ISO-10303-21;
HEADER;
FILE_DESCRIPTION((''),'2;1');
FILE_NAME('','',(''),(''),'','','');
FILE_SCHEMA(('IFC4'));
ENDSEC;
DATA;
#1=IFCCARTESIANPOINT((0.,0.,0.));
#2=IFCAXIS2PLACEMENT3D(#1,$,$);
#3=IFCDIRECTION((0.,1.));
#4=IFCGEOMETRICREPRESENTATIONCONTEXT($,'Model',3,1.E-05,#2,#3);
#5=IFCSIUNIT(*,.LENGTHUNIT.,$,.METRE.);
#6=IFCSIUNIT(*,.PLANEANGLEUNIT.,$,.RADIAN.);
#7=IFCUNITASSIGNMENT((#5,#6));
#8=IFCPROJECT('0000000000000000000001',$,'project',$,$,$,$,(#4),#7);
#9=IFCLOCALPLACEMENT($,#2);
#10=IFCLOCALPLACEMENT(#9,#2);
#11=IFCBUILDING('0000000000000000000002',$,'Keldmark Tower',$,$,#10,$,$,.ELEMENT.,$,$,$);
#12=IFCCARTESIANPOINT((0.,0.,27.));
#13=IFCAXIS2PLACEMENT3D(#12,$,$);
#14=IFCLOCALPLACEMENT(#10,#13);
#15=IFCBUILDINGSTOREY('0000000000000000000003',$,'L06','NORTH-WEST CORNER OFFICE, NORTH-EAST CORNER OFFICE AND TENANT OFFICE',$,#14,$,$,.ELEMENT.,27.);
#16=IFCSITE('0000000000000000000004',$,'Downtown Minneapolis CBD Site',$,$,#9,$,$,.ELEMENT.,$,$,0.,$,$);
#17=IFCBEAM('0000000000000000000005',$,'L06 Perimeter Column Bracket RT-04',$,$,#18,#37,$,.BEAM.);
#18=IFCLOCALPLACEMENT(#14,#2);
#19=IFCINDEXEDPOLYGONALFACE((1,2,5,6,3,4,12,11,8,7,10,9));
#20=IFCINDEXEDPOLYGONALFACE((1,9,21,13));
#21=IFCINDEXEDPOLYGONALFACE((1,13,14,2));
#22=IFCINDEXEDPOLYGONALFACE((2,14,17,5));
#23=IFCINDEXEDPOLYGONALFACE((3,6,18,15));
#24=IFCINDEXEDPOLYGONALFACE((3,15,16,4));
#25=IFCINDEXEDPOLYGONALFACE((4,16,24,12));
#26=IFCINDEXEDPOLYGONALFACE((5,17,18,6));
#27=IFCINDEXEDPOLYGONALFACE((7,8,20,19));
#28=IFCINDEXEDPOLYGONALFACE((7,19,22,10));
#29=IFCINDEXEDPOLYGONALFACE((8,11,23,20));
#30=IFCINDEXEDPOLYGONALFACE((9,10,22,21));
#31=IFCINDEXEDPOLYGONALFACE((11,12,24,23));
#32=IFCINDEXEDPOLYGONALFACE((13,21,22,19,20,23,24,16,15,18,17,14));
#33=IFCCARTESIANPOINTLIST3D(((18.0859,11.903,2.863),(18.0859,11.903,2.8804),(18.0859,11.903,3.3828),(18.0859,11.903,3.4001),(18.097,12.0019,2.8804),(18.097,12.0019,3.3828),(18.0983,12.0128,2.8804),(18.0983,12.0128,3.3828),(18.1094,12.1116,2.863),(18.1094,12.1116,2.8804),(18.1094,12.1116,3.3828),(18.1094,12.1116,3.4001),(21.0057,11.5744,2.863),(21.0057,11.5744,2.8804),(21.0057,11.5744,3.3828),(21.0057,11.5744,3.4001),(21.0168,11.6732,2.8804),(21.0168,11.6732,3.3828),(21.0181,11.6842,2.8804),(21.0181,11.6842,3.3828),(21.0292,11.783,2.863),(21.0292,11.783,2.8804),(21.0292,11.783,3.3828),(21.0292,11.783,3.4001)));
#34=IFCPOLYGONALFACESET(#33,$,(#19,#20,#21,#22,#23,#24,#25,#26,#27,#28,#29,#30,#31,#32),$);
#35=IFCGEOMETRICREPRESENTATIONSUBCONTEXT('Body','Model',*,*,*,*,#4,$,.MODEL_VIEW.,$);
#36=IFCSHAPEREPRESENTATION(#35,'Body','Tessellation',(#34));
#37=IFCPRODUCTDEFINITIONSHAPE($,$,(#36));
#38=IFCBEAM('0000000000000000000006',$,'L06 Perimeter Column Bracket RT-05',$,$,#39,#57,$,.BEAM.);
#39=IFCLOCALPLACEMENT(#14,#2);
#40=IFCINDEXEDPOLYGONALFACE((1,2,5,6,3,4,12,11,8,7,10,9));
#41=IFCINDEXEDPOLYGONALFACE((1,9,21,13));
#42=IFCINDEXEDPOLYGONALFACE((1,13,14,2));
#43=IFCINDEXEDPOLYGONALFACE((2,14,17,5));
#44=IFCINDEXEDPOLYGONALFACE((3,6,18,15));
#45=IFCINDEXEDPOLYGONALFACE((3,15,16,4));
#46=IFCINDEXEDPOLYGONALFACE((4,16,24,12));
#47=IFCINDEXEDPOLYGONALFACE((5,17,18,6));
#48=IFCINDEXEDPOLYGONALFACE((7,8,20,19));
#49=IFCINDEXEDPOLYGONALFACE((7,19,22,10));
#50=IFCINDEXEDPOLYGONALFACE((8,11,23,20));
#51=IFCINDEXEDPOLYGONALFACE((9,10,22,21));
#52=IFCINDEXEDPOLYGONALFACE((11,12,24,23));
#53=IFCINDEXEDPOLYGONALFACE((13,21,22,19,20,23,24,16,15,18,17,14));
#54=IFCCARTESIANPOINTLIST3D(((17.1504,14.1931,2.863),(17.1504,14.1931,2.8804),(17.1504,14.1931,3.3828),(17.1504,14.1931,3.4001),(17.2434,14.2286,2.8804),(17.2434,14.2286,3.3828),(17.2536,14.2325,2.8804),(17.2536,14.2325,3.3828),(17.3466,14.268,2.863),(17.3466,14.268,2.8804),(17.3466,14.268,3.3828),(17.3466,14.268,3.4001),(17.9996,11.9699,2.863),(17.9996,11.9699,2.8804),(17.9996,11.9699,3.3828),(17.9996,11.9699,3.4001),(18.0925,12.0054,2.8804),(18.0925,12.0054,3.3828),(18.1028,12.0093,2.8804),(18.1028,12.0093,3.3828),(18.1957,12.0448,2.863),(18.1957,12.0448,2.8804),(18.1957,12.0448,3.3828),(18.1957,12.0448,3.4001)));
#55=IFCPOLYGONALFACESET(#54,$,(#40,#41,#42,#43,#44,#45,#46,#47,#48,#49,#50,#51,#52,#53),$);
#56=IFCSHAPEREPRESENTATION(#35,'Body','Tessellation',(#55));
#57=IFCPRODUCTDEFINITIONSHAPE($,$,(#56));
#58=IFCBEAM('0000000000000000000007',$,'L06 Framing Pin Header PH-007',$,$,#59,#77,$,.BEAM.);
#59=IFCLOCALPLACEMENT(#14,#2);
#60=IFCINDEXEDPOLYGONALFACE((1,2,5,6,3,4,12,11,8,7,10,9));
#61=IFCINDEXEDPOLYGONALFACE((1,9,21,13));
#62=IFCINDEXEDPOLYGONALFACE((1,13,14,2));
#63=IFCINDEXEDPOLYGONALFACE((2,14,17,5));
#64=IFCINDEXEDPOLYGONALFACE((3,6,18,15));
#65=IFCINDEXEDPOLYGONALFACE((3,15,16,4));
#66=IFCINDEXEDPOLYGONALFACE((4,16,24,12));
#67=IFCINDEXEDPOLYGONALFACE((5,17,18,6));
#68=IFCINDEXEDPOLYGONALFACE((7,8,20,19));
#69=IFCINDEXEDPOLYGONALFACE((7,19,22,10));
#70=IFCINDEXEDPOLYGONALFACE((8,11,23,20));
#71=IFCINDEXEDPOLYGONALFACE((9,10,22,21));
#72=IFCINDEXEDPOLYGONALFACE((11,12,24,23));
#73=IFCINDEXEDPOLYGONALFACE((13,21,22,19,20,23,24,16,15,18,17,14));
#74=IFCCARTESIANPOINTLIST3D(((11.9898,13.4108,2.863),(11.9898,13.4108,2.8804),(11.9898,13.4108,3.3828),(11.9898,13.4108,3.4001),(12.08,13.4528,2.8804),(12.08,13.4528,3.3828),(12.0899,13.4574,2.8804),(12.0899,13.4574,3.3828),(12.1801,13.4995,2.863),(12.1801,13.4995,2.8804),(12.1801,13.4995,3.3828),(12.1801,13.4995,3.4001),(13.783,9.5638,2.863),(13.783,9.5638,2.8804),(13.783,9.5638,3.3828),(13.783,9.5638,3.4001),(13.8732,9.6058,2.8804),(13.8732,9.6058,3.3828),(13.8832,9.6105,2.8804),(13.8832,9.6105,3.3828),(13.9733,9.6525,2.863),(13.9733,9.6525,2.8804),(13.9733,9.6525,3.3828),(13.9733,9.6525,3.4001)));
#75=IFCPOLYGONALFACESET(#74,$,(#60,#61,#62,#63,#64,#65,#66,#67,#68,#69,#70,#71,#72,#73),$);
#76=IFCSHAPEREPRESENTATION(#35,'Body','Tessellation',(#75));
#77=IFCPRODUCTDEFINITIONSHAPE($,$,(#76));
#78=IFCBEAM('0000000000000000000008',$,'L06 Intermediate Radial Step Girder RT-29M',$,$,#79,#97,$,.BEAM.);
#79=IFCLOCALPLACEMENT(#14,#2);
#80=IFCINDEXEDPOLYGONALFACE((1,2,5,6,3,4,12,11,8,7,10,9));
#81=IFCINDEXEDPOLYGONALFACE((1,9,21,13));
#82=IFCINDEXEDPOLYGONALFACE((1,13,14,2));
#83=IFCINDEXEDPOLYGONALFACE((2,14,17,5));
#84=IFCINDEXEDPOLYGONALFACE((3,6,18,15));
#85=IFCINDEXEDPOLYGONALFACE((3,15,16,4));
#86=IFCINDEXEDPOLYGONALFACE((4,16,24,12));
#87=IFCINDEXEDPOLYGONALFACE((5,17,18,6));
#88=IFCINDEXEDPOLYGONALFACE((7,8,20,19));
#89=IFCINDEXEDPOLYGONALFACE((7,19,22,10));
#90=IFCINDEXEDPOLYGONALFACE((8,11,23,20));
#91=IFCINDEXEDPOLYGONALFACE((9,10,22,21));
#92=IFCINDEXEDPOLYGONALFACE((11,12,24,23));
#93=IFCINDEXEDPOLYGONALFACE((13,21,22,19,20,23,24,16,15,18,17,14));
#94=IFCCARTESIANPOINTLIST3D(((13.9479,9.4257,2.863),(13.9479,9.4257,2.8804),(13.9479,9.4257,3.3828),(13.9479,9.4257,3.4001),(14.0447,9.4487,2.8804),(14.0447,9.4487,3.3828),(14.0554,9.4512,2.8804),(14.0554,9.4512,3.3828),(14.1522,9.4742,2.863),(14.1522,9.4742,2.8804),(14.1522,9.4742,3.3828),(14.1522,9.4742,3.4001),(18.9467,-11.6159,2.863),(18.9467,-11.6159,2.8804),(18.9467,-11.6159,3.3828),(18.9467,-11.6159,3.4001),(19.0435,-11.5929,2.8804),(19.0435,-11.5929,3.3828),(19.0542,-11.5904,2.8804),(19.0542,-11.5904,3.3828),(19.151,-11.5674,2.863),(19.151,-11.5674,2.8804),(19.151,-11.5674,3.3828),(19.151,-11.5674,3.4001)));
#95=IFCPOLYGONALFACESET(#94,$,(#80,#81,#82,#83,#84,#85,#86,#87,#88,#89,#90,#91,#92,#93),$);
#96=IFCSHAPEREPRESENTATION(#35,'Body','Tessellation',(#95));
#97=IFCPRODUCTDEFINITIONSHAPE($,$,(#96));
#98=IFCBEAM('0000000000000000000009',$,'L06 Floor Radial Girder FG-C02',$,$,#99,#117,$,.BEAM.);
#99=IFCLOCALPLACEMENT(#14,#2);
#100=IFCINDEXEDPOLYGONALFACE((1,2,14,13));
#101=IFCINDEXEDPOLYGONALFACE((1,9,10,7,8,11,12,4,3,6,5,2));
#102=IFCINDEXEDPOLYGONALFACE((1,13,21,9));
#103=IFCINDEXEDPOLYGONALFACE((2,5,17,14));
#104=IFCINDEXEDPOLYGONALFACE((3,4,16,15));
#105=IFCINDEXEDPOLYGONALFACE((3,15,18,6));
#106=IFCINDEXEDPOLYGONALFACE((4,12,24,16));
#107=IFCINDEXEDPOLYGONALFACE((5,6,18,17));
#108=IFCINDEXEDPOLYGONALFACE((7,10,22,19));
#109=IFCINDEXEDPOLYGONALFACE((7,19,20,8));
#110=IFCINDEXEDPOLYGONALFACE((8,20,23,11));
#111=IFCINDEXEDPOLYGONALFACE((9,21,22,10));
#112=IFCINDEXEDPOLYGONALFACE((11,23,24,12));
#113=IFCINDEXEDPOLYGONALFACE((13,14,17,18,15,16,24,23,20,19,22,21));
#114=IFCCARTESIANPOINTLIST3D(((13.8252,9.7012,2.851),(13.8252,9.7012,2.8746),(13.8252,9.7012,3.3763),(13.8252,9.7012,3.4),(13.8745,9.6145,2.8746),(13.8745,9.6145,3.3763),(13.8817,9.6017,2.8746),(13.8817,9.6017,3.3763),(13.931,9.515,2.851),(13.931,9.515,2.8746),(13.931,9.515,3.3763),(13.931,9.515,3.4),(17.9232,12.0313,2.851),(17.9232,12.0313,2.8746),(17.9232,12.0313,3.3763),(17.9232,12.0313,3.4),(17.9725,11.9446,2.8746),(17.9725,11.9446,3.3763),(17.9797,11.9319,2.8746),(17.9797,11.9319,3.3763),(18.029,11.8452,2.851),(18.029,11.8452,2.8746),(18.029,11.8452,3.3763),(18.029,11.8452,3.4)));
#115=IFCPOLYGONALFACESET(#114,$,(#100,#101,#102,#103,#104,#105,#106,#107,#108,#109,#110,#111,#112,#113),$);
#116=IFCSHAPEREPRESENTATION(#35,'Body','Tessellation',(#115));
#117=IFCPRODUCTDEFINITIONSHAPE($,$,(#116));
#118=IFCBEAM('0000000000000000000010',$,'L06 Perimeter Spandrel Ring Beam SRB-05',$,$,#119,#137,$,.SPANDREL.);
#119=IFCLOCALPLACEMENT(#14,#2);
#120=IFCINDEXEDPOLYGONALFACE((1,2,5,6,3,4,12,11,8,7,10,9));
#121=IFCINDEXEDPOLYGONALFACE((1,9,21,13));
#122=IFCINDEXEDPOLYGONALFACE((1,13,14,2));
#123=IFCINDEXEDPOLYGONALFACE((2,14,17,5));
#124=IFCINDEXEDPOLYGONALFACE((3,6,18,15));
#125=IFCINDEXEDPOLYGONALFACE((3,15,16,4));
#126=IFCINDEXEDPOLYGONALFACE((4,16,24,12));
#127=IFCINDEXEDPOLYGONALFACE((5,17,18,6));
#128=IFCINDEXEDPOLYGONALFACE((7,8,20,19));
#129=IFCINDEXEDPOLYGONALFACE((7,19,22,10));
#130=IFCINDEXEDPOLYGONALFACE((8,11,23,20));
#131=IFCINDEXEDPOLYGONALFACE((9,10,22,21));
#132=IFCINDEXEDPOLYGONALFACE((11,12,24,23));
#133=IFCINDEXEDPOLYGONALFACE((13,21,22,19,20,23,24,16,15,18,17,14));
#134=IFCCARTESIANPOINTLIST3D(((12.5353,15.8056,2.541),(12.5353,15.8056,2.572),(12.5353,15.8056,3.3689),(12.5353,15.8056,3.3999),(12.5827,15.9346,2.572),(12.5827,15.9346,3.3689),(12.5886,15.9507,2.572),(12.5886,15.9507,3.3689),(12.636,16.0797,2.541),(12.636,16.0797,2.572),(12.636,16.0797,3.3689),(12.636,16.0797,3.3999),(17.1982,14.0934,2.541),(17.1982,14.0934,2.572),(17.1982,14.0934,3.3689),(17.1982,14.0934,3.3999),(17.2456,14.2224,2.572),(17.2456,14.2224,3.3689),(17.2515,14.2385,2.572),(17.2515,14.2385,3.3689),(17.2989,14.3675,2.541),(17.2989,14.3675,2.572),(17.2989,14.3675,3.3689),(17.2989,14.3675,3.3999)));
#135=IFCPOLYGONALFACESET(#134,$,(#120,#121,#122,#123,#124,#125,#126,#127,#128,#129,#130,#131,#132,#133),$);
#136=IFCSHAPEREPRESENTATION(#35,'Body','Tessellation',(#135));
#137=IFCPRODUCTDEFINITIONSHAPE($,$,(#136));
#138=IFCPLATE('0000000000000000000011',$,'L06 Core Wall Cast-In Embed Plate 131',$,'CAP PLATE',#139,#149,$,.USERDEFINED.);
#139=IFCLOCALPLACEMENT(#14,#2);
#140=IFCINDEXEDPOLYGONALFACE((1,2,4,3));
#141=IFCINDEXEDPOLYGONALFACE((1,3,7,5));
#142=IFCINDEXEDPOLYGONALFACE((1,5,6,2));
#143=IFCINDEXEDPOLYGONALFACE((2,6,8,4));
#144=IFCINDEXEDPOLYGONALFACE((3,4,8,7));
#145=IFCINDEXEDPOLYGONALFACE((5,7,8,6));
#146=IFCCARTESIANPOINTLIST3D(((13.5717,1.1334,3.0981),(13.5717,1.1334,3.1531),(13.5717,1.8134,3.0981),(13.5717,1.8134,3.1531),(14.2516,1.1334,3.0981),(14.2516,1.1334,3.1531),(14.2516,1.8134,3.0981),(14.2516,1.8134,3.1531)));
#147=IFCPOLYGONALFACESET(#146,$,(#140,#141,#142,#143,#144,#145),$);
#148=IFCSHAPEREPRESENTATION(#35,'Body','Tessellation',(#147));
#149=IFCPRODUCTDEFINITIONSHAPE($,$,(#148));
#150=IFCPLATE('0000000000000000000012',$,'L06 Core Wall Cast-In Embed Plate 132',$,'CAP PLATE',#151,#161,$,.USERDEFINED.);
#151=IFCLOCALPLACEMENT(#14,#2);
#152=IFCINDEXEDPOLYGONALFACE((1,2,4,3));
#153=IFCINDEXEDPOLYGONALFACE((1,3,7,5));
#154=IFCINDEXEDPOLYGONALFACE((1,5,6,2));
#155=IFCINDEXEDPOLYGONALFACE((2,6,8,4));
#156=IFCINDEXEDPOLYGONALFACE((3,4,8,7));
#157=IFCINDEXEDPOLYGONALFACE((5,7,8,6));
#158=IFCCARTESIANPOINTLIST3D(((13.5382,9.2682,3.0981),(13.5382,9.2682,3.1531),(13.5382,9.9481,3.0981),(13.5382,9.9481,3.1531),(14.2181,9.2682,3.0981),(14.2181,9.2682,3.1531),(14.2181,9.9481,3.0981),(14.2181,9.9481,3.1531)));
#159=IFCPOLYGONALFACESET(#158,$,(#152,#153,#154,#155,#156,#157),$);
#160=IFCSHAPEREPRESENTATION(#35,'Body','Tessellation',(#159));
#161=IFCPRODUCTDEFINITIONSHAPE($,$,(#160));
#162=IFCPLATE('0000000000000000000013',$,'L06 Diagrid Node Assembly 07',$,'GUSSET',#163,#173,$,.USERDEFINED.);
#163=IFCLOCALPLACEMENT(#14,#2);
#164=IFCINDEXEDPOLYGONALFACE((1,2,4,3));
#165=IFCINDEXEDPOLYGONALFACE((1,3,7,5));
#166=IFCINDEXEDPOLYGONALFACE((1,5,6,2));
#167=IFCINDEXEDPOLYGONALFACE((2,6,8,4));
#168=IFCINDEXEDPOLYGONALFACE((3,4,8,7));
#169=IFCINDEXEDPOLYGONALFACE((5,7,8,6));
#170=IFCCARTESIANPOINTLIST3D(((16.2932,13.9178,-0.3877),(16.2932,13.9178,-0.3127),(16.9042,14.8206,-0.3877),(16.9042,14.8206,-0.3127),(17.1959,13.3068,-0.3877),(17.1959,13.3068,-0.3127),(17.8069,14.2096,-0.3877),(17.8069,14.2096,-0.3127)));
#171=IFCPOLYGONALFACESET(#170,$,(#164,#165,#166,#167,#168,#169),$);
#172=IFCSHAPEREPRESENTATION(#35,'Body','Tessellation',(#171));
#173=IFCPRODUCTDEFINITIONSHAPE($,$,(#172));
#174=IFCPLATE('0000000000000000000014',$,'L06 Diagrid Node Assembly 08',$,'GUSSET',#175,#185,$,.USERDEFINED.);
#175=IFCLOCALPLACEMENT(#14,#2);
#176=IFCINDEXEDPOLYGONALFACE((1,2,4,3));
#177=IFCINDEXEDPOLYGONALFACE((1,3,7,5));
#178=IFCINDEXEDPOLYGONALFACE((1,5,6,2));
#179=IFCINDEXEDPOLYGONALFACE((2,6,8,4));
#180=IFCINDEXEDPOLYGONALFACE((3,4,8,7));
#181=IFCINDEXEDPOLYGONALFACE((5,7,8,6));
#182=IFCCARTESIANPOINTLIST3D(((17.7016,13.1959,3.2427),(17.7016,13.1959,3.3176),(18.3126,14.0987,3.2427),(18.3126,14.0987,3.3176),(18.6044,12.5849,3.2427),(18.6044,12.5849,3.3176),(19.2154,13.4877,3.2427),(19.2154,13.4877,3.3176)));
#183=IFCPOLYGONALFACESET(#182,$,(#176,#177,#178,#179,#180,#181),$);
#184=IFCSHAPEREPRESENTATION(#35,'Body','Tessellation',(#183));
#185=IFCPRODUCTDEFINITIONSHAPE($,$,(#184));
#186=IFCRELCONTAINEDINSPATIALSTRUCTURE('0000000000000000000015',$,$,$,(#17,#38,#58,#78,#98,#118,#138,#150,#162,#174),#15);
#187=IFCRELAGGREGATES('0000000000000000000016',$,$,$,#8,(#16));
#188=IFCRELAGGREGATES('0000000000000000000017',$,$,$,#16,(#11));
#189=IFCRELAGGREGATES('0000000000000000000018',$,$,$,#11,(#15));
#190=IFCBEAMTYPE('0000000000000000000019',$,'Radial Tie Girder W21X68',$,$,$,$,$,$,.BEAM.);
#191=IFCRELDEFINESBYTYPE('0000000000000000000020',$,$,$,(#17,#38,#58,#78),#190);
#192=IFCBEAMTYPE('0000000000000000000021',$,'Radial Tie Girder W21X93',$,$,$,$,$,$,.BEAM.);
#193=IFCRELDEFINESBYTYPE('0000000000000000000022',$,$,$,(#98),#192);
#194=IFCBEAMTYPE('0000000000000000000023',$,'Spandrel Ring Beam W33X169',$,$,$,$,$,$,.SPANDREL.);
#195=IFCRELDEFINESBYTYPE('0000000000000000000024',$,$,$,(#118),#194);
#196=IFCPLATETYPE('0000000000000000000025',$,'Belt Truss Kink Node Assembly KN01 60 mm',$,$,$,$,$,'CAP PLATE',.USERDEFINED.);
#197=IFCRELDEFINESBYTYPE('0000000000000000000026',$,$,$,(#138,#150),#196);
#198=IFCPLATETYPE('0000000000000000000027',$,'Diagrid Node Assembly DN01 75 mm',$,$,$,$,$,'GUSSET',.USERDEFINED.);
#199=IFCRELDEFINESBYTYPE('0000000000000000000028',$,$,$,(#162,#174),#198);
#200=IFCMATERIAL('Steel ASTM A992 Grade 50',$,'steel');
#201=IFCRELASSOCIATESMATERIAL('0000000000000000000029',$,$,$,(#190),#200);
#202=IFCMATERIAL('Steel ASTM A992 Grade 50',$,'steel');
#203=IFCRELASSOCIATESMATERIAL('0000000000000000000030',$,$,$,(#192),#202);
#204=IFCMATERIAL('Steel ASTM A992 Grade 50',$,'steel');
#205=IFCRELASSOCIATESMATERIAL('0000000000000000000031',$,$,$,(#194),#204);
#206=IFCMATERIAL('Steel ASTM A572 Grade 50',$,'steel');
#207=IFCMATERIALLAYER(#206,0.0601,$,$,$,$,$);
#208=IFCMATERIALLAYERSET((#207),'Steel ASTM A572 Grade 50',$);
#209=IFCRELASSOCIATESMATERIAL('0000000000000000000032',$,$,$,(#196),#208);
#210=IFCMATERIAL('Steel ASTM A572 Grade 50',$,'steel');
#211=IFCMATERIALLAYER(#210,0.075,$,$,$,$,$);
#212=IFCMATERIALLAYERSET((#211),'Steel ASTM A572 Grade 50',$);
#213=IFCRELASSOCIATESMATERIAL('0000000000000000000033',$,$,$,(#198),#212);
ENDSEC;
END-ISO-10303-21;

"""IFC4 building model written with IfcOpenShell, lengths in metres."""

from ifc_helpers import new_model, si_unit, direction, frame, origin, origin_2d, place, context, subcontext, project, spatial, rectangle, i_section, extrude, material, layer, layer_set, material_profile, profile_set, type_object, element, save


model = new_model("IFC4")

# Units and contexts
model_context = context("Model", 3, precision=1e-05, world=origin(), true_north=direction((0.0, 1.0)))
body_context = subcontext(model_context, "Body", "Model", "MODEL_VIEW")
ifc_project = project(units=[si_unit("LENGTHUNIT", "METRE"), si_unit("PLANEANGLEUNIT", "RADIAN")], contexts=[model_context])

# Site, building, storey
site_placement = place(None, origin())
site = spatial("IfcSite", under=ifc_project, at=site_placement, Name="Downtown Minneapolis CBD Site", CompositionType="ELEMENT", RefElevation=0.0)
building_placement = place(site_placement, origin())
building = spatial("IfcBuilding", under=site, at=building_placement, Name="Keldmark Tower", CompositionType="ELEMENT")
storey_placement = place(building_placement, frame((0.0, 0.0, 27.0)))
storey = spatial("IfcBuildingStorey", under=building, at=storey_placement, Name="L06", Description="NORTH-WEST CORNER OFFICE, NORTH-EAST CORNER OFFICE AND TENANT OFFICE", CompositionType="ELEMENT", Elevation=27.0)

# Beams
ifc_material_1 = material(Name="Steel ASTM A992 Grade 50", Category="steel")
ifc_material_profile_1 = material_profile(ifc_material_1, i_section(OverallWidth=0.21, OverallDepth=0.5371, WebThickness=0.011, FlangeThickness=0.0173, at=origin_2d()), Name="W21X68")
ifc_profile_set_1 = profile_set([ifc_material_profile_1], Name="Steel ASTM A992 Grade 50")
beam_type_1 = type_object("IfcBeamType", Name="Radial Tie Girder W21X68", PredefinedType="BEAM", material=ifc_profile_set_1)
beam_1_placement = place(storey_placement, frame((18.0977, 12.0073, 3.1316), z_axis=(0.993726, -0.111845, 0.0), x_axis=(0.111845, 0.993726, 0.0)))
element("IfcBeam", 1, at=beam_1_placement, inside=storey, type_object=beam_type_1, Name="L06 Perimeter Column Bracket RT-04", PredefinedType="BEAM", context=body_context, shape_type="SweptSolid", body=[
    extrude(i_section(OverallWidth=0.21, OverallDepth=0.5371, WebThickness=0.011, FlangeThickness=0.0173, at=origin_2d()), origin(), (0.0, 0.0, 1.0), 2.9382),
])
beam_2_placement = place(storey_placement, frame((18.0977, 12.0073, 3.1316), z_axis=(-0.356806, 0.934179, 0.0), x_axis=(-0.934179, -0.356806, 0.0)))
element("IfcBeam", 2, at=beam_2_placement, inside=storey, type_object=beam_type_1, Name="L06 Perimeter Column Bracket RT-05", PredefinedType="BEAM", context=body_context, shape_type="SweptSolid", body=[
    extrude(i_section(OverallWidth=0.21, OverallDepth=0.5371, WebThickness=0.011, FlangeThickness=0.0173, at=origin_2d()), origin(), (0.0, 0.0, 1.0), 2.3799),
])
beam_3_placement = place(storey_placement, frame((13.8782, 9.6082, 3.1316), z_axis=(-0.422495, 0.906365, 0.0), x_axis=(-0.906365, -0.422495, 0.0)))
element("IfcBeam", 3, at=beam_3_placement, inside=storey, type_object=beam_type_1, Name="L06 Framing Pin Header PH-007", PredefinedType="BEAM", context=body_context, shape_type="SweptSolid", body=[
    extrude(i_section(OverallWidth=0.21, OverallDepth=0.5371, WebThickness=0.011, FlangeThickness=0.0173, at=origin_2d()), origin(), (0.0, 0.0, 1.0), 4.2444),
])
beam_4_placement = place(storey_placement, frame((14.05, 9.45, 3.1316), z_axis=(0.231135, -0.972922, 0.0), x_axis=(0.972922, 0.231135, 0.0)))
element("IfcBeam", 4, at=beam_4_placement, inside=storey, type_object=beam_type_1, Name="L06 Intermediate Radial Step Girder RT-29M", PredefinedType="BEAM", context=body_context, shape_type="SweptSolid", body=[
    extrude(i_section(OverallWidth=0.21, OverallDepth=0.5371, WebThickness=0.011, FlangeThickness=0.0173, at=origin_2d()), origin(), (0.0, 0.0, 1.0), 21.6272),
])
ifc_material_2 = material(Name="Steel ASTM A992 Grade 50", Category="steel")
ifc_material_profile_2 = material_profile(ifc_material_2, i_section(OverallWidth=0.2141, OverallDepth=0.5491, WebThickness=0.0146, FlangeThickness=0.0237, at=origin_2d()), Name="W21X93")
ifc_profile_set_2 = profile_set([ifc_material_profile_2], Name="Steel ASTM A992 Grade 50")
beam_type_2 = type_object("IfcBeamType", Name="Radial Tie Girder W21X93", PredefinedType="BEAM", material=ifc_profile_set_2)
beam_5_placement = place(storey_placement, frame((17.9761, 11.9382, 3.1255), z_axis=(-0.869299, -0.494286, 0.0), x_axis=(0.494286, -0.869299, 0.0)))
element("IfcBeam", 5, at=beam_5_placement, inside=storey, type_object=beam_type_2, Name="L06 Floor Radial Girder FG-C02", PredefinedType="BEAM", context=body_context, shape_type="SweptSolid", body=[
    extrude(i_section(OverallWidth=0.2141, OverallDepth=0.5491, WebThickness=0.0146, FlangeThickness=0.0237, at=origin_2d()), origin(), (0.0, 0.0, 1.0), 4.7141),
])
ifc_material_3 = material(Name="Steel ASTM A992 Grade 50", Category="steel")
ifc_material_profile_3 = material_profile(ifc_material_3, i_section(OverallWidth=0.292, OverallDepth=0.8589, WebThickness=0.0171, FlangeThickness=0.031, at=origin_2d()), Name="W33X169")
ifc_profile_set_3 = profile_set([ifc_material_profile_3], Name="Steel ASTM A992 Grade 50")
beam_type_3 = type_object("IfcBeamType", Name="Spandrel Ring Beam W33X169", PredefinedType="SPANDREL", material=ifc_profile_set_3)
beam_6_placement = place(storey_placement, frame((17.2485, 14.2305, 2.9705), z_axis=(-0.938717, 0.344689, 0.0), x_axis=(-0.344689, -0.938717, 0.0)))
element("IfcBeam", 6, at=beam_6_placement, inside=storey, type_object=beam_type_3, Name="L06 Perimeter Spandrel Ring Beam SRB-05", PredefinedType="SPANDREL", context=body_context, shape_type="SweptSolid", body=[
    extrude(i_section(OverallWidth=0.292, OverallDepth=0.8589, WebThickness=0.0171, FlangeThickness=0.031, at=origin_2d()), origin(), (0.0, 0.0, 1.0), 4.9673),
])

# Plates
ifc_material_4 = material(Name="Steel ASTM A572 Grade 50", Category="steel")
ifc_layer_1 = layer(ifc_material_4, 0.0601)
ifc_layer_set_1 = layer_set([ifc_layer_1], Name="Steel ASTM A572 Grade 50")
plate_type_1 = type_object("IfcPlateType", Name="Belt Truss Kink Node Assembly KN01 60 mm", ElementType="CAP PLATE", PredefinedType="USERDEFINED", material=ifc_layer_set_1)
for number, where, z_axis, x_axis, name in (
    (7, (13.9116, 1.4734, 3.0981), (0.0, 0.0, 1.0), (1.0, 0.0, 0.0), "L06 Core Wall Cast-In Embed Plate 131"),
    (8, (13.8782, 9.6082, 3.0981), (0.0, 0.0, 1.0), (1.0, 0.0, 0.0), "L06 Core Wall Cast-In Embed Plate 132"),
):
    element("IfcPlate", number, at=place(storey_placement, frame(where, z_axis=z_axis, x_axis=x_axis)), inside=storey, type_object=plate_type_1, Name=name, ObjectType="CAP PLATE", PredefinedType="USERDEFINED", context=body_context, shape_type="SweptSolid", body=[
        extrude(rectangle(XDim=0.6799, YDim=0.6799, at=origin_2d()), origin(), (0.0, 0.0, 1.0), 0.0549),
    ])
ifc_material_5 = material(Name="Steel ASTM A572 Grade 50", Category="steel")
ifc_layer_2 = layer(ifc_material_5, 0.075)
ifc_layer_set_2 = layer_set([ifc_layer_2], Name="Steel ASTM A572 Grade 50")
plate_type_2 = type_object("IfcPlateType", Name="Diagrid Node Assembly DN01 75 mm", ElementType="GUSSET", PredefinedType="USERDEFINED", material=ifc_layer_set_2)
for number, where, z_axis, x_axis, name in (
    (9, (17.05, 14.0637, -0.3877), (0.0, 0.0, 1.0), (-0.828158, 0.560494, 0.0), "L06 Diagrid Node Assembly 07"),
    (10, (18.4585, 13.3418, 3.2427), (0.0, 0.0, 1.0), (-0.828158, 0.560494, 0.0), "L06 Diagrid Node Assembly 08"),
):
    element("IfcPlate", number, at=place(storey_placement, frame(where, z_axis=z_axis, x_axis=x_axis)), inside=storey, type_object=plate_type_2, Name=name, ObjectType="GUSSET", PredefinedType="USERDEFINED", context=body_context, shape_type="SweptSolid", body=[
        extrude(rectangle(XDim=1.0901, YDim=1.0901, at=origin_2d()), origin(), (0.0, 0.0, 1.0), 0.075),
    ])

save(model, "model.ifc")
